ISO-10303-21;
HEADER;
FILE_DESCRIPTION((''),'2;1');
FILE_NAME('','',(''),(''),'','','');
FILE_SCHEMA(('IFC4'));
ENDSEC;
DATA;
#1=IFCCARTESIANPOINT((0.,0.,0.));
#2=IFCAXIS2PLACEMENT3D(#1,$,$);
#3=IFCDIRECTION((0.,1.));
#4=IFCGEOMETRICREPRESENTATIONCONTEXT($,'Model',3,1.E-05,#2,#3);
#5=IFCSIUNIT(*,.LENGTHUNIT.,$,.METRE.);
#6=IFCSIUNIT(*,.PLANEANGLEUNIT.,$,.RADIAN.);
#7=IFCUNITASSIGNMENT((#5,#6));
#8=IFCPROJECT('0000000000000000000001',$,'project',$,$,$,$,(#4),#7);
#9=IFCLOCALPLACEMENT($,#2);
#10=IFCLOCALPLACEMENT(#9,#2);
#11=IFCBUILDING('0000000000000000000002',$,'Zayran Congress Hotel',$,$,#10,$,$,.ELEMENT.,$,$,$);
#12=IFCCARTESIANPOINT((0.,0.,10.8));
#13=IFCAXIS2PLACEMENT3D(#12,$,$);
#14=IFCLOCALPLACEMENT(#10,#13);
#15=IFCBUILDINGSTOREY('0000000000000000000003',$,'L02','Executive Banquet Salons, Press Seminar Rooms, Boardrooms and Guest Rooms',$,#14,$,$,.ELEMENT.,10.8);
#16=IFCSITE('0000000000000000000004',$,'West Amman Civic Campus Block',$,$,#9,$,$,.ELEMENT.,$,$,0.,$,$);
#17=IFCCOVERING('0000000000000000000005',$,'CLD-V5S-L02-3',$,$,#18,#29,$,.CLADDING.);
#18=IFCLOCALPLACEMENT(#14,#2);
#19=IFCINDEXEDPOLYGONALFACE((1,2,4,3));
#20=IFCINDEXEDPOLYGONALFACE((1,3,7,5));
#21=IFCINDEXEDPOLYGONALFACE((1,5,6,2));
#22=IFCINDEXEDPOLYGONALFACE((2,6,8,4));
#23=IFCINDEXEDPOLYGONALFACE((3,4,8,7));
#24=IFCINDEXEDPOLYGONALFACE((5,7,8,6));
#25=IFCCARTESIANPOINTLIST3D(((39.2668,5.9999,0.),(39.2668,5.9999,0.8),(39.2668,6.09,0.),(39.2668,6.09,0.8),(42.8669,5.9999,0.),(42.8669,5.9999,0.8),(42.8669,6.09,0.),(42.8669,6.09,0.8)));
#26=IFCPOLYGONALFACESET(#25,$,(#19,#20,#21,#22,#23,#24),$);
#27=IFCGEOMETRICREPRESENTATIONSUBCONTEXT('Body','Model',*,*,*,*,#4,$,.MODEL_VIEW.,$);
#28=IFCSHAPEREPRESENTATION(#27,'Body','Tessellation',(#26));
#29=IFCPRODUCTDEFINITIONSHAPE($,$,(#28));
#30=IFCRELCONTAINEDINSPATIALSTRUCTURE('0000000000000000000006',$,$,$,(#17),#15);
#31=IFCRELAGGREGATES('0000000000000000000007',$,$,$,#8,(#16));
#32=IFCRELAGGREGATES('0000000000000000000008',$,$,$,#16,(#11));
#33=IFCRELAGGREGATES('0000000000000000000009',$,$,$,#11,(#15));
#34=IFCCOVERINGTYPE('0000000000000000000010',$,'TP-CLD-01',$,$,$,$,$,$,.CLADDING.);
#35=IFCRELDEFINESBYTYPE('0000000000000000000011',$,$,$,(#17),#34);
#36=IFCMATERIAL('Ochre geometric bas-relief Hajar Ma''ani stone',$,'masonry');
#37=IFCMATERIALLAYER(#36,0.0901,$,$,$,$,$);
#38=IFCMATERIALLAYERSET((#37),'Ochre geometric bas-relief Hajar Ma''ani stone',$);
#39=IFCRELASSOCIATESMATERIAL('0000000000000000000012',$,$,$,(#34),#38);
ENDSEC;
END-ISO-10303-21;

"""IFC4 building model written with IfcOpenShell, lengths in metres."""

from ifc_helpers import new_model, si_unit, direction, frame, origin, origin_2d, place, context, subcontext, project, spatial, rectangle, extrude, material, layer, layer_set, type_object, element, save


model = new_model("IFC4")

# Units and contexts
model_context = context("Model", 3, precision=1e-05, world=origin(), true_north=direction((0.0, 1.0)))
body_context = subcontext(model_context, "Body", "Model", "MODEL_VIEW")
ifc_project = project(units=[si_unit("LENGTHUNIT", "METRE"), si_unit("PLANEANGLEUNIT", "RADIAN")], contexts=[model_context])

# Site, building, storey
site_placement = place(None, origin())
site = spatial("IfcSite", under=ifc_project, at=site_placement, Name="West Amman Civic Campus Block", CompositionType="ELEMENT", RefElevation=0.0)
building_placement = place(site_placement, origin())
building = spatial("IfcBuilding", under=site, at=building_placement, Name="Zayran Congress Hotel", CompositionType="ELEMENT")
storey_placement = place(building_placement, frame((0.0, 0.0, 10.8)))
storey = spatial("IfcBuildingStorey", under=building, at=storey_placement, Name="L02", Description="Executive Banquet Salons, Press Seminar Rooms, Boardrooms and Guest Rooms", CompositionType="ELEMENT", Elevation=10.8)

# Covering
ifc_material_1 = material(Name="Ochre geometric bas-relief Hajar Ma'ani stone", Category="masonry")
ifc_layer_1 = layer(ifc_material_1, 0.0901)
ifc_layer_set_1 = layer_set([ifc_layer_1], Name="Ochre geometric bas-relief Hajar Ma'ani stone")
covering_type = type_object("IfcCoveringType", Name="TP-CLD-01", PredefinedType="CLADDING", material=ifc_layer_set_1)
covering_placement = place(storey_placement, frame((41.0669, 6.0449, 0.0), z_axis=(0.0, 0.0, 1.0), x_axis=(1.0, 0.0, 0.0)))
element("IfcCovering", 1, at=covering_placement, inside=storey, type_object=covering_type, Name="CLD-V5S-L02-3", PredefinedType="CLADDING", context=body_context, shape_type="SweptSolid", body=[
    extrude(rectangle(XDim=3.6001, YDim=0.0901, at=origin_2d()), origin(), (0.0, 0.0, 1.0), 0.8),
])

save(model, "model.ifc")
